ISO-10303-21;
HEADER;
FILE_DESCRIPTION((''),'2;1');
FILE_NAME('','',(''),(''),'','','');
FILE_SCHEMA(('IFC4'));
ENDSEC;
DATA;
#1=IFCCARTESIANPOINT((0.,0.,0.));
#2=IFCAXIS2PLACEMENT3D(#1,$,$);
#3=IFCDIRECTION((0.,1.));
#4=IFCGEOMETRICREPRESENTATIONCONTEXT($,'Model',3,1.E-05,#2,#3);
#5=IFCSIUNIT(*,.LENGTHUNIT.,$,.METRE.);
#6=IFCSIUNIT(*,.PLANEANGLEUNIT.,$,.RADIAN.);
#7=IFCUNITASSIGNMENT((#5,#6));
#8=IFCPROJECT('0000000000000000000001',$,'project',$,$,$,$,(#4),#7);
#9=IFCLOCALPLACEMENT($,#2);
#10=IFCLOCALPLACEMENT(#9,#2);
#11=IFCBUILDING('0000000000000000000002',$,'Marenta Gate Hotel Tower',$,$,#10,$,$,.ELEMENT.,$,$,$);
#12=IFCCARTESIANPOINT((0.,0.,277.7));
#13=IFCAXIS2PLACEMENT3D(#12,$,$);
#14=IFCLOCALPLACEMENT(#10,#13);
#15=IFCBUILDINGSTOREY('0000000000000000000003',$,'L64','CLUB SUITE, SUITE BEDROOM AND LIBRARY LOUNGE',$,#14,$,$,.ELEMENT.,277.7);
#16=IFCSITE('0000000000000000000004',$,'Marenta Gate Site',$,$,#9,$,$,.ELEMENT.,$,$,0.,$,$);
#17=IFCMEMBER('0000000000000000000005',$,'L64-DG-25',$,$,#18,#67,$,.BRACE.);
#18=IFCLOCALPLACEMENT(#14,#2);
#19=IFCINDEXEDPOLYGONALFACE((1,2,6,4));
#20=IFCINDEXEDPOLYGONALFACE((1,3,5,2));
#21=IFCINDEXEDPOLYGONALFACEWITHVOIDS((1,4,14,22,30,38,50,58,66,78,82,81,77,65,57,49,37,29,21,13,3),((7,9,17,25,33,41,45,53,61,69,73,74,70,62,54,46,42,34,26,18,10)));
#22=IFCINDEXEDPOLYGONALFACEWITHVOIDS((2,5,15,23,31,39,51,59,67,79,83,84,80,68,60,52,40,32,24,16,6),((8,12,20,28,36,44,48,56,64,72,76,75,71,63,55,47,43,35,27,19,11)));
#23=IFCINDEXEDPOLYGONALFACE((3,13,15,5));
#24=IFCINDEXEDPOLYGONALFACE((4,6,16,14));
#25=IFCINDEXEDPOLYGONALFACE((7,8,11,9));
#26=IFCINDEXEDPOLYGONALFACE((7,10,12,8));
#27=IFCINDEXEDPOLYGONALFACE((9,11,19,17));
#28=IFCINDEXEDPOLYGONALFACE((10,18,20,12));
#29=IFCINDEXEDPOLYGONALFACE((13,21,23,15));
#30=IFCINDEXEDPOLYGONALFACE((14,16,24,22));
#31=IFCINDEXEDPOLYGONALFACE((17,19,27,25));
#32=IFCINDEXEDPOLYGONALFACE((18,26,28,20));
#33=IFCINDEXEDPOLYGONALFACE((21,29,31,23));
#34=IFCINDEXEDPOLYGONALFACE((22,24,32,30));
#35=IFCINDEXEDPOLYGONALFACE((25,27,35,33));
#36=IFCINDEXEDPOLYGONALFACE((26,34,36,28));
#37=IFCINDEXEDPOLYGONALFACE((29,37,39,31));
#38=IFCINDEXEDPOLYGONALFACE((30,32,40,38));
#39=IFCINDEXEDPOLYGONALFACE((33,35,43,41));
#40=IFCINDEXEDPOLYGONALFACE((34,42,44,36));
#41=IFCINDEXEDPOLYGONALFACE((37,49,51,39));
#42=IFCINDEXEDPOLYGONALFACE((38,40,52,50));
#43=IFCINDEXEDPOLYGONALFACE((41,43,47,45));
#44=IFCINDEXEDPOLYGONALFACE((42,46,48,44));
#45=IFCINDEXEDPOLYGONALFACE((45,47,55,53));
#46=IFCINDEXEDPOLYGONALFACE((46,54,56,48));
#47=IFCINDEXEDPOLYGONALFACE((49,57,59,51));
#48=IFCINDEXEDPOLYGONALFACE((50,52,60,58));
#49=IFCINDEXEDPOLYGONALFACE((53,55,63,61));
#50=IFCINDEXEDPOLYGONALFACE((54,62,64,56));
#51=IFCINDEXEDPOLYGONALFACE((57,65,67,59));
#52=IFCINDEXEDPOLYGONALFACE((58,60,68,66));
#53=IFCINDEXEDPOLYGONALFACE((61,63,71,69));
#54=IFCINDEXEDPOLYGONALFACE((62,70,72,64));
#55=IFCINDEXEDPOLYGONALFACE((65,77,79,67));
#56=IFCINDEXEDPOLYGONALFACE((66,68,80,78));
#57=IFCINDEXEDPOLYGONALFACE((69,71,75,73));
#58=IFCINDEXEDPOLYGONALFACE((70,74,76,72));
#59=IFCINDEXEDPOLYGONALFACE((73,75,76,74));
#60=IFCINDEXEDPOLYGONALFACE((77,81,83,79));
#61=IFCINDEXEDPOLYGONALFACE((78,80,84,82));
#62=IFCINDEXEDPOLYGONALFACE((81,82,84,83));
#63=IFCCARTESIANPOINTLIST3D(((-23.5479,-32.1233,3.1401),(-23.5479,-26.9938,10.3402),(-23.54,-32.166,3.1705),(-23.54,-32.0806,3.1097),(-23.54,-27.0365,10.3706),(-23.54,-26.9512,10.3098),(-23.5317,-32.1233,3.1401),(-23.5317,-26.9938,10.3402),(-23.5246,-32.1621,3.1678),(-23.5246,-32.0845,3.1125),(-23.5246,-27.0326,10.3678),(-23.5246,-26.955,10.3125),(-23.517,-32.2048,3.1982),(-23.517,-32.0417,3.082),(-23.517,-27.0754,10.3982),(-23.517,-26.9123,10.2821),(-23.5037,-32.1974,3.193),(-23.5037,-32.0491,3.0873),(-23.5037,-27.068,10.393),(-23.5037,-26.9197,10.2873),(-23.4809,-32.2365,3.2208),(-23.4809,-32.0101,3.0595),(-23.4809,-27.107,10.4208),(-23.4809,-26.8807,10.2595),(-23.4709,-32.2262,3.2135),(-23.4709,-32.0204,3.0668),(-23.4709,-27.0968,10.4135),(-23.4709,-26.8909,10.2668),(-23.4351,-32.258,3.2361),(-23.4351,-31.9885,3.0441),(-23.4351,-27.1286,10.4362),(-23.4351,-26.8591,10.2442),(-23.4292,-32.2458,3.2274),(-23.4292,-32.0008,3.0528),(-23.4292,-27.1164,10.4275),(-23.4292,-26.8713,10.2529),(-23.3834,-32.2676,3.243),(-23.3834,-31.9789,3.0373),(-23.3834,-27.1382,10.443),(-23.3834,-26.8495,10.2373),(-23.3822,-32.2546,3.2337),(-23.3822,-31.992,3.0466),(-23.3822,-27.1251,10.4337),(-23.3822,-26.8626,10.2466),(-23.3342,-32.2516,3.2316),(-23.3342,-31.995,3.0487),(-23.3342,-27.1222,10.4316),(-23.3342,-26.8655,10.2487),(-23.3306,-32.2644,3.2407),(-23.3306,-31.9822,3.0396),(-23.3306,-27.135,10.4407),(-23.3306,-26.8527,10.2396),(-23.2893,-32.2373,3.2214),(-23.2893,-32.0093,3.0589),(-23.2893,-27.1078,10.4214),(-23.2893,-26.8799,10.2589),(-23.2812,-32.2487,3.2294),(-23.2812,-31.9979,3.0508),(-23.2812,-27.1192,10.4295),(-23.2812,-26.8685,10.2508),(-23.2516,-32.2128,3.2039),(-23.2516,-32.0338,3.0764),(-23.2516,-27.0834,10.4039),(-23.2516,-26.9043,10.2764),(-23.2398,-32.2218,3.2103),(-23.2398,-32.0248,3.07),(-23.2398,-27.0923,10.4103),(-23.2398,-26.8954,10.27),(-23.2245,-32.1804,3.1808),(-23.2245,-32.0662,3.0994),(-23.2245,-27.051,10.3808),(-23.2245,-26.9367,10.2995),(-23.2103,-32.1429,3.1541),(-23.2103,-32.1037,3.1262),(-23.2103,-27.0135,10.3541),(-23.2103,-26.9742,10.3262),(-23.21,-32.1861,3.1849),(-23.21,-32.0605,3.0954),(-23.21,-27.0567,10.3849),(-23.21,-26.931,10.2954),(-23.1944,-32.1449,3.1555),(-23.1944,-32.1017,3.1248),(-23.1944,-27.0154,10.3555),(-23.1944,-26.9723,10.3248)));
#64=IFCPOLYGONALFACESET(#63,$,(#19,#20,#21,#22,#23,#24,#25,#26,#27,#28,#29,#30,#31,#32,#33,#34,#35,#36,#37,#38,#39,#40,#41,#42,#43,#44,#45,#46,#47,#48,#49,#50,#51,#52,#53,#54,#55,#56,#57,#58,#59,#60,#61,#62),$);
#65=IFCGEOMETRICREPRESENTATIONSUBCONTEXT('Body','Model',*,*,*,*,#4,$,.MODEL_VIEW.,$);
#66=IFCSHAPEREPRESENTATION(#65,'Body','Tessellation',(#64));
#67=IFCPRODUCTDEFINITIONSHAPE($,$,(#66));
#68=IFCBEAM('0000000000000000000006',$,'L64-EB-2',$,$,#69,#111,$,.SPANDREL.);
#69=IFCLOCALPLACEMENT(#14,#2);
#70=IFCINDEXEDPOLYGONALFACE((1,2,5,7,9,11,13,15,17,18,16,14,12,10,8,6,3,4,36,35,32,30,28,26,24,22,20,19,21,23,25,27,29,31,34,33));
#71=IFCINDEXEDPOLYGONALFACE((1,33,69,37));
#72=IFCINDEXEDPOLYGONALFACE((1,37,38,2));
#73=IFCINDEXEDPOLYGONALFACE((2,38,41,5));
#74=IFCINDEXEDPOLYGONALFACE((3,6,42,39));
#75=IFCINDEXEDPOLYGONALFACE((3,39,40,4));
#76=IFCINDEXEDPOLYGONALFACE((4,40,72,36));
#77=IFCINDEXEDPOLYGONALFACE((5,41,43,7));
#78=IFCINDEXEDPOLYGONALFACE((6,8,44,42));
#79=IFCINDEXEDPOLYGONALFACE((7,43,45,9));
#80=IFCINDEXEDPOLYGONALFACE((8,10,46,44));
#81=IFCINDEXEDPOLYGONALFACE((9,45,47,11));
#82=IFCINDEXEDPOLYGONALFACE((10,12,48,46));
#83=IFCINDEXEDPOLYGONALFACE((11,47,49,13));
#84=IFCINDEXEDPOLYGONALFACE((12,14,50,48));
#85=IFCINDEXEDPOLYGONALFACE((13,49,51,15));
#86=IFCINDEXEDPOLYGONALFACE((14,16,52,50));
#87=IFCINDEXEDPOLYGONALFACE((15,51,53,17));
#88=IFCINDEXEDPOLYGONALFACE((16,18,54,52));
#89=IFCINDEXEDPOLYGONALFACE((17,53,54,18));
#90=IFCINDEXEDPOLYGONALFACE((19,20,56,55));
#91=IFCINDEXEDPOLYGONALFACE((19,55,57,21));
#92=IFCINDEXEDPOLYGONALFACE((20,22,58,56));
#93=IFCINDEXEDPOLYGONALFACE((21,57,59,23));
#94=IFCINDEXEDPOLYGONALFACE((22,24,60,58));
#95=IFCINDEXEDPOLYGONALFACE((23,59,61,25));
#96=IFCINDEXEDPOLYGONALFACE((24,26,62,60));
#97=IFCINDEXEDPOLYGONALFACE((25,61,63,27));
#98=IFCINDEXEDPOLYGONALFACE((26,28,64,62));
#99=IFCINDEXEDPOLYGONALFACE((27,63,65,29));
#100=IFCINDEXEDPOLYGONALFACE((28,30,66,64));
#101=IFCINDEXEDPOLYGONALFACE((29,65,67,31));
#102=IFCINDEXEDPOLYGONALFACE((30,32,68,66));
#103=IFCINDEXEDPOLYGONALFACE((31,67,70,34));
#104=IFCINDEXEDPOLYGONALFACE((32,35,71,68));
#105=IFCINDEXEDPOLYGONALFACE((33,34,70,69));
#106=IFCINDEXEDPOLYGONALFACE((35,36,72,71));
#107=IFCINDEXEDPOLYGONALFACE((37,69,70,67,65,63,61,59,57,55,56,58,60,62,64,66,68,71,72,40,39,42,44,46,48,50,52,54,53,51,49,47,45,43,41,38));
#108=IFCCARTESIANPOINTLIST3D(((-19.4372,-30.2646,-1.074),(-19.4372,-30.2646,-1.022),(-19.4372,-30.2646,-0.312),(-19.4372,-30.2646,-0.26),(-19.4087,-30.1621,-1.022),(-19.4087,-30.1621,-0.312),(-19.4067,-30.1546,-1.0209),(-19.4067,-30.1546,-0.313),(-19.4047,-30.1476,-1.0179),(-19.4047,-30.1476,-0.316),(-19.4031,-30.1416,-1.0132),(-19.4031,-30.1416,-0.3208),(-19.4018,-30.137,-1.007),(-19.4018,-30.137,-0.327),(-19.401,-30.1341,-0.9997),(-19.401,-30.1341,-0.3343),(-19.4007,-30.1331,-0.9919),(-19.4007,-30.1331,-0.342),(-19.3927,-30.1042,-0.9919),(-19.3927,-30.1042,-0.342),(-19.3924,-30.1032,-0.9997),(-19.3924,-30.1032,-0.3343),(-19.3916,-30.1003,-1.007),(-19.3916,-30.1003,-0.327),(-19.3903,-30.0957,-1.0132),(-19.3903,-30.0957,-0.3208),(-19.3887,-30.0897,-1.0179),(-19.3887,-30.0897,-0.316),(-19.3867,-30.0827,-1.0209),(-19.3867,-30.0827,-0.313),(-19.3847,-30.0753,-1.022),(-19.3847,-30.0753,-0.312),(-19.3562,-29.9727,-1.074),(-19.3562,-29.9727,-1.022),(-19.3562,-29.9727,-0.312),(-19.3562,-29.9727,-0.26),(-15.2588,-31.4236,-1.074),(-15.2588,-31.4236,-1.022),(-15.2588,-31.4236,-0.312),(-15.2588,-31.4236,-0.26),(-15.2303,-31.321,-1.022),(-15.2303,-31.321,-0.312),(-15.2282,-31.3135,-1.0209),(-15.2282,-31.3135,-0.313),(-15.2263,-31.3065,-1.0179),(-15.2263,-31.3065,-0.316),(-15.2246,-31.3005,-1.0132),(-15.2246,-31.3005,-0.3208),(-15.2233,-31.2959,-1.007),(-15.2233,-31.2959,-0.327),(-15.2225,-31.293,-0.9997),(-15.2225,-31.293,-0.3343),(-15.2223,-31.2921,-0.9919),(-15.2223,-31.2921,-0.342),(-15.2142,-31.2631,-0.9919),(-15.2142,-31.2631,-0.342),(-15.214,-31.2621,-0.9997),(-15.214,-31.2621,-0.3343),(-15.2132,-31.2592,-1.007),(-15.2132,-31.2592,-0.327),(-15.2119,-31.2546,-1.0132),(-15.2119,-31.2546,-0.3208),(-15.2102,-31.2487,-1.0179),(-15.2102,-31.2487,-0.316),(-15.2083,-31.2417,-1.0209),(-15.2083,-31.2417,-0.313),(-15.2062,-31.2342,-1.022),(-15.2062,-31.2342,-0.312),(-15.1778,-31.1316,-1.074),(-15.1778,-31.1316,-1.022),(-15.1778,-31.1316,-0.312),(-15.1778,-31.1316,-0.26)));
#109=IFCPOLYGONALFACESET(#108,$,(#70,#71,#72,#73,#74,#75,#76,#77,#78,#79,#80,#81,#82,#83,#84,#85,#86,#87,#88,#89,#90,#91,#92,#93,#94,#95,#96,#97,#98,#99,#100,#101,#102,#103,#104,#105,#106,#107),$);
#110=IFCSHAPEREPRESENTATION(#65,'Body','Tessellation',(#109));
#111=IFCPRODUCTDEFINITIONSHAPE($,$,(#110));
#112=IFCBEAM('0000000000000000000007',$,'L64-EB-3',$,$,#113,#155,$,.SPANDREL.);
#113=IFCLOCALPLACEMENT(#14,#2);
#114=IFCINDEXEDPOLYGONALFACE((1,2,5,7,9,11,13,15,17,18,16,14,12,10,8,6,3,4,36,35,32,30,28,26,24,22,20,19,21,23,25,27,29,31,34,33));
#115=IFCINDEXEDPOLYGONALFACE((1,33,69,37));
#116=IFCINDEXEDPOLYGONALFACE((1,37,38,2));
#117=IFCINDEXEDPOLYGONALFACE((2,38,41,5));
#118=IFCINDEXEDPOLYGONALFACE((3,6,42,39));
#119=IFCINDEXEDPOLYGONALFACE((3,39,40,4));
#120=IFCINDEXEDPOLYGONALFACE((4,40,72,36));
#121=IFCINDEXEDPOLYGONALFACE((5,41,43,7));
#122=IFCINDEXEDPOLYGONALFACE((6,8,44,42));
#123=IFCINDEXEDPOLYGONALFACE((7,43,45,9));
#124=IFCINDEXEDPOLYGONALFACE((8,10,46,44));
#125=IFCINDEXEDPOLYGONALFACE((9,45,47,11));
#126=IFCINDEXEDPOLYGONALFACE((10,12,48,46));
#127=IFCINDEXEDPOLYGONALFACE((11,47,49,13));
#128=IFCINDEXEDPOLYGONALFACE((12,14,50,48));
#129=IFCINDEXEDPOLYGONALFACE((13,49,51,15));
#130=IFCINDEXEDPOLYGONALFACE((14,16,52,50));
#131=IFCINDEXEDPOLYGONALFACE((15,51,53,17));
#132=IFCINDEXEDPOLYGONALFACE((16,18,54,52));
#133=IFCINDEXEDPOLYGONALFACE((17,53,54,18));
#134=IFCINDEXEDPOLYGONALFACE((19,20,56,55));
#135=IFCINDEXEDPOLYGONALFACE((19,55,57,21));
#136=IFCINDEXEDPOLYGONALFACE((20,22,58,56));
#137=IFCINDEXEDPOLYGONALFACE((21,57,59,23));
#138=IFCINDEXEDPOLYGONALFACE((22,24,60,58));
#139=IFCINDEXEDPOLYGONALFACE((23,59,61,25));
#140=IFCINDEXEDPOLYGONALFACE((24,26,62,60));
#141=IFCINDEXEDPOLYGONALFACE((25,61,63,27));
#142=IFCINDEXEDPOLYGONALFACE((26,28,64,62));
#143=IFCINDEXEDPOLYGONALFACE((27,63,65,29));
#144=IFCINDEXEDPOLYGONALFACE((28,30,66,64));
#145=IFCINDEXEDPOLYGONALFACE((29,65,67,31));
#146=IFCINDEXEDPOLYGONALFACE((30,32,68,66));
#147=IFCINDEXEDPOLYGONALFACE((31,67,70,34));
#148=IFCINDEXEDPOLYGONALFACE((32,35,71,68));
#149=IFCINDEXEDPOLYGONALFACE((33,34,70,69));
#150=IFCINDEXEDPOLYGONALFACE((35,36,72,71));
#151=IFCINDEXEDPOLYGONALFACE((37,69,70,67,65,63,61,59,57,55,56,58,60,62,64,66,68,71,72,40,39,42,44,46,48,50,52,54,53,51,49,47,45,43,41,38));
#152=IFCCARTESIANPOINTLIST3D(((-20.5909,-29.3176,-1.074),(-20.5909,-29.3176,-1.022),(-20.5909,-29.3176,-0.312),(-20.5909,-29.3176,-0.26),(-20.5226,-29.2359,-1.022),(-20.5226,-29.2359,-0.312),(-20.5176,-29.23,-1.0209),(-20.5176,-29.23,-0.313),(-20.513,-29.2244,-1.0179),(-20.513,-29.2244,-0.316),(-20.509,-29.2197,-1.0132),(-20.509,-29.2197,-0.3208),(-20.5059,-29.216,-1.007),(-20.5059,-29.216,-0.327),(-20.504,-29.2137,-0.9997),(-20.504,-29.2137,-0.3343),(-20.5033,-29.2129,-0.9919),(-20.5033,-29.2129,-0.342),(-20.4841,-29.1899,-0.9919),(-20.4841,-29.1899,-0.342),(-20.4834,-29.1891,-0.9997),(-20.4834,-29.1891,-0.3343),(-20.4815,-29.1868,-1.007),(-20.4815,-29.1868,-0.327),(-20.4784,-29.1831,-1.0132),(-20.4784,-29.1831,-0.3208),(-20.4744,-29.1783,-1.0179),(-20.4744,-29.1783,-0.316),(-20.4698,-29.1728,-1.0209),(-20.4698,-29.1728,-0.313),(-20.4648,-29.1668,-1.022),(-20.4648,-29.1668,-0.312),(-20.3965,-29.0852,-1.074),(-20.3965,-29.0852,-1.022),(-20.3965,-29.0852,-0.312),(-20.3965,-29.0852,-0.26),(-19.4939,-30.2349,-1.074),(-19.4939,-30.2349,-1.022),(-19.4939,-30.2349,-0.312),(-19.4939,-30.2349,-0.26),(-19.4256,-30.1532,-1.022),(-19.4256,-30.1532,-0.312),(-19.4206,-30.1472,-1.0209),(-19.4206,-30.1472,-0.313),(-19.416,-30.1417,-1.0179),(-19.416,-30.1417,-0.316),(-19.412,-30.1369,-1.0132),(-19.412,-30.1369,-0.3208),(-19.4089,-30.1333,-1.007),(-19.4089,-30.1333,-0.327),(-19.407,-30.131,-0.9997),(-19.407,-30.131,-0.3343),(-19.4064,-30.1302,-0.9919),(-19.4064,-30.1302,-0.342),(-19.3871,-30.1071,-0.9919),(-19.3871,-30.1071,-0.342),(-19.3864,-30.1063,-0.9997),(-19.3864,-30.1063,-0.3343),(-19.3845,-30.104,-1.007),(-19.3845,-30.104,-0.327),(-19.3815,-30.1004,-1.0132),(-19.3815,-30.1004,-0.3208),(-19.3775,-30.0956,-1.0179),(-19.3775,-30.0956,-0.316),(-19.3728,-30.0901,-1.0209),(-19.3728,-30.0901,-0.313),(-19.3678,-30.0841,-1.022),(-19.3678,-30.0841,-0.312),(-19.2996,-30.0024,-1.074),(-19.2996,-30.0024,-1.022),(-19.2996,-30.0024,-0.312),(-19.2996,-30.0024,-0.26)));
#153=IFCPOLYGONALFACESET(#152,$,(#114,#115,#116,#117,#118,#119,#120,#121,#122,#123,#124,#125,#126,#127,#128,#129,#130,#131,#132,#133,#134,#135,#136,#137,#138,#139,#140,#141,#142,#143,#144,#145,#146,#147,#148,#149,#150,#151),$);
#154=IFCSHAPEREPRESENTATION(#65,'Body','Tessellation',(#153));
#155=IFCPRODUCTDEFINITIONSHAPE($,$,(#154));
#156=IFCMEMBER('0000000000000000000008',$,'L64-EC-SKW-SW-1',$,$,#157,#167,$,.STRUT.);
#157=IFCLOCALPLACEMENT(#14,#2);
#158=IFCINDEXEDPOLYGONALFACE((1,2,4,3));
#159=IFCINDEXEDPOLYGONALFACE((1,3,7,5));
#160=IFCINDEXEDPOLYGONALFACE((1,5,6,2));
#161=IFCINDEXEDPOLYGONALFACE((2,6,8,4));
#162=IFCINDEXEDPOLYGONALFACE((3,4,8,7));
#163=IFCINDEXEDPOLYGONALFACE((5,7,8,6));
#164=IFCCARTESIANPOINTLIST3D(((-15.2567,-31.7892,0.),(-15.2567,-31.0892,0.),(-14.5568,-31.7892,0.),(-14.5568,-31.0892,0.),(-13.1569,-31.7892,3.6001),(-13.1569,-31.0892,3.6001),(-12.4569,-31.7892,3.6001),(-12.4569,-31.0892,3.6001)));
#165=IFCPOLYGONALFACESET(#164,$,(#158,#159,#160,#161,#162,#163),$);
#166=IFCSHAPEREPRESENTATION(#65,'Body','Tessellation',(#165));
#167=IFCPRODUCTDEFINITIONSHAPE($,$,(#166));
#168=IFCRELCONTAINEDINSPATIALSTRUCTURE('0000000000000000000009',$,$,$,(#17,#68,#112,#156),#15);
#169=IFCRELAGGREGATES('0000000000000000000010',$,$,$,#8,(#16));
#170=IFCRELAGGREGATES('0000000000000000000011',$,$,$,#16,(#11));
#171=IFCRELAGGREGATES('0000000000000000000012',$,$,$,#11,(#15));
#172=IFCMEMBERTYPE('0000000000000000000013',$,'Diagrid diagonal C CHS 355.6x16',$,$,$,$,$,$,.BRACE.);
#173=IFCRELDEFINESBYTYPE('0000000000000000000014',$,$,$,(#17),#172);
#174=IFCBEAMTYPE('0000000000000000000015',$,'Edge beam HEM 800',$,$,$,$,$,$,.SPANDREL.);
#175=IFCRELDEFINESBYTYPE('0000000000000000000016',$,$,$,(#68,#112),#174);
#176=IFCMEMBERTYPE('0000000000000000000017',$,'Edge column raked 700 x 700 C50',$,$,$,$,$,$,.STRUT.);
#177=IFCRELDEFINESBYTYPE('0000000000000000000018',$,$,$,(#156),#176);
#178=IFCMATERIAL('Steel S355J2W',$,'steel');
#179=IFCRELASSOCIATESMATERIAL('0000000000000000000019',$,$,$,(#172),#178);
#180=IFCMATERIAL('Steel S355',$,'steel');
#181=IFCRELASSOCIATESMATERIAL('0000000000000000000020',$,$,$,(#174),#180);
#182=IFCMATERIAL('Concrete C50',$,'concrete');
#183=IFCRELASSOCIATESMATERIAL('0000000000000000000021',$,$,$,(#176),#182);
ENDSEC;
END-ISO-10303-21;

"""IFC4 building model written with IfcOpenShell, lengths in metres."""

from ifc_helpers import new_model, si_unit, direction, frame, origin, origin_2d, place, context, subcontext, project, spatial, rectangle, hollow_circle, i_section, extrude, material, material_profile, profile_set, type_object, element, save


model = new_model("IFC4")

# Units and contexts
model_context = context("Model", 3, precision=1e-05, world=origin(), true_north=direction((0.0, 1.0)))
body_context = subcontext(model_context, "Body", "Model", "MODEL_VIEW")
ifc_project = project(units=[si_unit("LENGTHUNIT", "METRE"), si_unit("PLANEANGLEUNIT", "RADIAN")], contexts=[model_context])

# Site, building, storey
site_placement = place(None, origin())
site = spatial("IfcSite", under=ifc_project, at=site_placement, Name="Marenta Gate Site", CompositionType="ELEMENT", RefElevation=0.0)
building_placement = place(site_placement, origin())
building = spatial("IfcBuilding", under=site, at=building_placement, Name="Marenta Gate Hotel Tower", CompositionType="ELEMENT")
storey_placement = place(building_placement, frame((0.0, 0.0, 277.7)))
storey = spatial("IfcBuildingStorey", under=building, at=storey_placement, Name="L64", Description="CLUB SUITE, SUITE BEDROOM AND LIBRARY LOUNGE", CompositionType="ELEMENT", Elevation=277.7)

# Member
ifc_material_1 = material(Name="Steel S355J2W", Category="steel")
ifc_material_profile_1 = material_profile(ifc_material_1, hollow_circle(Radius=0.1777, WallThickness=0.0161, at=origin_2d()), Name="CHS 355.6x16")
ifc_profile_set_1 = profile_set([ifc_material_profile_1], Name="Steel S355J2W")
member_type_1 = type_object("IfcMemberType", Name="Diagrid diagonal C CHS 355.6x16", PredefinedType="BRACE", material=ifc_profile_set_1)
member_1_placement = place(storey_placement, frame((-23.3701, -32.1233, 3.1401), z_axis=(0.0, 0.580232, 0.814451), x_axis=(-1.0, 0.0, 0.0)))
element("IfcMember", 1, at=member_1_placement, inside=storey, type_object=member_type_1, Name="L64-DG-25", PredefinedType="BRACE", context=body_context, shape_type="SweptSolid", body=[
    extrude(hollow_circle(Radius=0.1777, WallThickness=0.0161, at=origin_2d()), origin(), (0.0, 0.0, 1.0), 8.8403),
])

# Beams
ifc_material_2 = material(Name="Steel S355", Category="steel")
ifc_material_profile_2 = material_profile(ifc_material_2, i_section(OverallWidth=0.303, OverallDepth=0.814, WebThickness=0.03, FlangeThickness=0.052, FilletRadius=0.03, at=origin_2d()), Name="HEM 800")
ifc_profile_set_2 = profile_set([ifc_material_profile_2], Name="Steel S355")
beam_type_1 = type_object("IfcBeamType", Name="Edge beam HEM 800", PredefinedType="SPANDREL", material=ifc_profile_set_2)
beam_1_placement = place(storey_placement, frame((-15.2183, -31.2776, -0.667), z_axis=(-0.963622, 0.267269, 0.0), x_axis=(-0.267269, -0.963622, 0.0)))
element("IfcBeam", 2, at=beam_1_placement, inside=storey, type_object=beam_type_1, Name="L64-EB-2", PredefinedType="SPANDREL", context=body_context, shape_type="SweptSolid", body=[
    extrude(i_section(OverallWidth=0.303, OverallDepth=0.814, WebThickness=0.03, FlangeThickness=0.052, FilletRadius=0.03, at=origin_2d()), origin(), (0.0, 0.0, 1.0), 4.3362),
])
beam_2_placement = place(storey_placement, frame((-19.3967, -30.1187, -0.667), z_axis=(-0.767143, 0.641477, 0.0), x_axis=(-0.641477, -0.767143, 0.0)))
element("IfcBeam", 3, at=beam_2_placement, inside=storey, type_object=beam_type_1, Name="L64-EB-3", PredefinedType="SPANDREL", context=body_context, shape_type="SweptSolid", body=[
    extrude(i_section(OverallWidth=0.303, OverallDepth=0.814, WebThickness=0.03, FlangeThickness=0.052, FilletRadius=0.03, at=origin_2d()), origin(), (0.0, 0.0, 1.0), 1.4299),
])

# Member
ifc_material_3 = material(Name="Concrete C50", Category="concrete")
ifc_material_profile_3 = material_profile(ifc_material_3, rectangle(XDim=0.7, YDim=0.7, at=origin_2d()), Name="700 x 700")
ifc_profile_set_3 = profile_set([ifc_material_profile_3], Name="Concrete C50")
member_type_2 = type_object("IfcMemberType", Name="Edge column raked 700 x 700 C50", PredefinedType="STRUT", material=ifc_profile_set_3)
member_2_placement = place(storey_placement, frame((-14.9067, -31.4392, 0.0), z_axis=(0.0, 0.0, 1.0), x_axis=(1.0, 0.0, 0.0)))
element("IfcMember", 4, at=member_2_placement, inside=storey, type_object=member_type_2, Name="L64-EC-SKW-SW-1", PredefinedType="STRUT", context=body_context, shape_type="SweptSolid", body=[
    extrude(rectangle(XDim=0.7, YDim=0.7, at=origin_2d()), origin(), (0.503835, 0.0, 0.8638), 4.1677),
])

save(model, "model.ifc")
